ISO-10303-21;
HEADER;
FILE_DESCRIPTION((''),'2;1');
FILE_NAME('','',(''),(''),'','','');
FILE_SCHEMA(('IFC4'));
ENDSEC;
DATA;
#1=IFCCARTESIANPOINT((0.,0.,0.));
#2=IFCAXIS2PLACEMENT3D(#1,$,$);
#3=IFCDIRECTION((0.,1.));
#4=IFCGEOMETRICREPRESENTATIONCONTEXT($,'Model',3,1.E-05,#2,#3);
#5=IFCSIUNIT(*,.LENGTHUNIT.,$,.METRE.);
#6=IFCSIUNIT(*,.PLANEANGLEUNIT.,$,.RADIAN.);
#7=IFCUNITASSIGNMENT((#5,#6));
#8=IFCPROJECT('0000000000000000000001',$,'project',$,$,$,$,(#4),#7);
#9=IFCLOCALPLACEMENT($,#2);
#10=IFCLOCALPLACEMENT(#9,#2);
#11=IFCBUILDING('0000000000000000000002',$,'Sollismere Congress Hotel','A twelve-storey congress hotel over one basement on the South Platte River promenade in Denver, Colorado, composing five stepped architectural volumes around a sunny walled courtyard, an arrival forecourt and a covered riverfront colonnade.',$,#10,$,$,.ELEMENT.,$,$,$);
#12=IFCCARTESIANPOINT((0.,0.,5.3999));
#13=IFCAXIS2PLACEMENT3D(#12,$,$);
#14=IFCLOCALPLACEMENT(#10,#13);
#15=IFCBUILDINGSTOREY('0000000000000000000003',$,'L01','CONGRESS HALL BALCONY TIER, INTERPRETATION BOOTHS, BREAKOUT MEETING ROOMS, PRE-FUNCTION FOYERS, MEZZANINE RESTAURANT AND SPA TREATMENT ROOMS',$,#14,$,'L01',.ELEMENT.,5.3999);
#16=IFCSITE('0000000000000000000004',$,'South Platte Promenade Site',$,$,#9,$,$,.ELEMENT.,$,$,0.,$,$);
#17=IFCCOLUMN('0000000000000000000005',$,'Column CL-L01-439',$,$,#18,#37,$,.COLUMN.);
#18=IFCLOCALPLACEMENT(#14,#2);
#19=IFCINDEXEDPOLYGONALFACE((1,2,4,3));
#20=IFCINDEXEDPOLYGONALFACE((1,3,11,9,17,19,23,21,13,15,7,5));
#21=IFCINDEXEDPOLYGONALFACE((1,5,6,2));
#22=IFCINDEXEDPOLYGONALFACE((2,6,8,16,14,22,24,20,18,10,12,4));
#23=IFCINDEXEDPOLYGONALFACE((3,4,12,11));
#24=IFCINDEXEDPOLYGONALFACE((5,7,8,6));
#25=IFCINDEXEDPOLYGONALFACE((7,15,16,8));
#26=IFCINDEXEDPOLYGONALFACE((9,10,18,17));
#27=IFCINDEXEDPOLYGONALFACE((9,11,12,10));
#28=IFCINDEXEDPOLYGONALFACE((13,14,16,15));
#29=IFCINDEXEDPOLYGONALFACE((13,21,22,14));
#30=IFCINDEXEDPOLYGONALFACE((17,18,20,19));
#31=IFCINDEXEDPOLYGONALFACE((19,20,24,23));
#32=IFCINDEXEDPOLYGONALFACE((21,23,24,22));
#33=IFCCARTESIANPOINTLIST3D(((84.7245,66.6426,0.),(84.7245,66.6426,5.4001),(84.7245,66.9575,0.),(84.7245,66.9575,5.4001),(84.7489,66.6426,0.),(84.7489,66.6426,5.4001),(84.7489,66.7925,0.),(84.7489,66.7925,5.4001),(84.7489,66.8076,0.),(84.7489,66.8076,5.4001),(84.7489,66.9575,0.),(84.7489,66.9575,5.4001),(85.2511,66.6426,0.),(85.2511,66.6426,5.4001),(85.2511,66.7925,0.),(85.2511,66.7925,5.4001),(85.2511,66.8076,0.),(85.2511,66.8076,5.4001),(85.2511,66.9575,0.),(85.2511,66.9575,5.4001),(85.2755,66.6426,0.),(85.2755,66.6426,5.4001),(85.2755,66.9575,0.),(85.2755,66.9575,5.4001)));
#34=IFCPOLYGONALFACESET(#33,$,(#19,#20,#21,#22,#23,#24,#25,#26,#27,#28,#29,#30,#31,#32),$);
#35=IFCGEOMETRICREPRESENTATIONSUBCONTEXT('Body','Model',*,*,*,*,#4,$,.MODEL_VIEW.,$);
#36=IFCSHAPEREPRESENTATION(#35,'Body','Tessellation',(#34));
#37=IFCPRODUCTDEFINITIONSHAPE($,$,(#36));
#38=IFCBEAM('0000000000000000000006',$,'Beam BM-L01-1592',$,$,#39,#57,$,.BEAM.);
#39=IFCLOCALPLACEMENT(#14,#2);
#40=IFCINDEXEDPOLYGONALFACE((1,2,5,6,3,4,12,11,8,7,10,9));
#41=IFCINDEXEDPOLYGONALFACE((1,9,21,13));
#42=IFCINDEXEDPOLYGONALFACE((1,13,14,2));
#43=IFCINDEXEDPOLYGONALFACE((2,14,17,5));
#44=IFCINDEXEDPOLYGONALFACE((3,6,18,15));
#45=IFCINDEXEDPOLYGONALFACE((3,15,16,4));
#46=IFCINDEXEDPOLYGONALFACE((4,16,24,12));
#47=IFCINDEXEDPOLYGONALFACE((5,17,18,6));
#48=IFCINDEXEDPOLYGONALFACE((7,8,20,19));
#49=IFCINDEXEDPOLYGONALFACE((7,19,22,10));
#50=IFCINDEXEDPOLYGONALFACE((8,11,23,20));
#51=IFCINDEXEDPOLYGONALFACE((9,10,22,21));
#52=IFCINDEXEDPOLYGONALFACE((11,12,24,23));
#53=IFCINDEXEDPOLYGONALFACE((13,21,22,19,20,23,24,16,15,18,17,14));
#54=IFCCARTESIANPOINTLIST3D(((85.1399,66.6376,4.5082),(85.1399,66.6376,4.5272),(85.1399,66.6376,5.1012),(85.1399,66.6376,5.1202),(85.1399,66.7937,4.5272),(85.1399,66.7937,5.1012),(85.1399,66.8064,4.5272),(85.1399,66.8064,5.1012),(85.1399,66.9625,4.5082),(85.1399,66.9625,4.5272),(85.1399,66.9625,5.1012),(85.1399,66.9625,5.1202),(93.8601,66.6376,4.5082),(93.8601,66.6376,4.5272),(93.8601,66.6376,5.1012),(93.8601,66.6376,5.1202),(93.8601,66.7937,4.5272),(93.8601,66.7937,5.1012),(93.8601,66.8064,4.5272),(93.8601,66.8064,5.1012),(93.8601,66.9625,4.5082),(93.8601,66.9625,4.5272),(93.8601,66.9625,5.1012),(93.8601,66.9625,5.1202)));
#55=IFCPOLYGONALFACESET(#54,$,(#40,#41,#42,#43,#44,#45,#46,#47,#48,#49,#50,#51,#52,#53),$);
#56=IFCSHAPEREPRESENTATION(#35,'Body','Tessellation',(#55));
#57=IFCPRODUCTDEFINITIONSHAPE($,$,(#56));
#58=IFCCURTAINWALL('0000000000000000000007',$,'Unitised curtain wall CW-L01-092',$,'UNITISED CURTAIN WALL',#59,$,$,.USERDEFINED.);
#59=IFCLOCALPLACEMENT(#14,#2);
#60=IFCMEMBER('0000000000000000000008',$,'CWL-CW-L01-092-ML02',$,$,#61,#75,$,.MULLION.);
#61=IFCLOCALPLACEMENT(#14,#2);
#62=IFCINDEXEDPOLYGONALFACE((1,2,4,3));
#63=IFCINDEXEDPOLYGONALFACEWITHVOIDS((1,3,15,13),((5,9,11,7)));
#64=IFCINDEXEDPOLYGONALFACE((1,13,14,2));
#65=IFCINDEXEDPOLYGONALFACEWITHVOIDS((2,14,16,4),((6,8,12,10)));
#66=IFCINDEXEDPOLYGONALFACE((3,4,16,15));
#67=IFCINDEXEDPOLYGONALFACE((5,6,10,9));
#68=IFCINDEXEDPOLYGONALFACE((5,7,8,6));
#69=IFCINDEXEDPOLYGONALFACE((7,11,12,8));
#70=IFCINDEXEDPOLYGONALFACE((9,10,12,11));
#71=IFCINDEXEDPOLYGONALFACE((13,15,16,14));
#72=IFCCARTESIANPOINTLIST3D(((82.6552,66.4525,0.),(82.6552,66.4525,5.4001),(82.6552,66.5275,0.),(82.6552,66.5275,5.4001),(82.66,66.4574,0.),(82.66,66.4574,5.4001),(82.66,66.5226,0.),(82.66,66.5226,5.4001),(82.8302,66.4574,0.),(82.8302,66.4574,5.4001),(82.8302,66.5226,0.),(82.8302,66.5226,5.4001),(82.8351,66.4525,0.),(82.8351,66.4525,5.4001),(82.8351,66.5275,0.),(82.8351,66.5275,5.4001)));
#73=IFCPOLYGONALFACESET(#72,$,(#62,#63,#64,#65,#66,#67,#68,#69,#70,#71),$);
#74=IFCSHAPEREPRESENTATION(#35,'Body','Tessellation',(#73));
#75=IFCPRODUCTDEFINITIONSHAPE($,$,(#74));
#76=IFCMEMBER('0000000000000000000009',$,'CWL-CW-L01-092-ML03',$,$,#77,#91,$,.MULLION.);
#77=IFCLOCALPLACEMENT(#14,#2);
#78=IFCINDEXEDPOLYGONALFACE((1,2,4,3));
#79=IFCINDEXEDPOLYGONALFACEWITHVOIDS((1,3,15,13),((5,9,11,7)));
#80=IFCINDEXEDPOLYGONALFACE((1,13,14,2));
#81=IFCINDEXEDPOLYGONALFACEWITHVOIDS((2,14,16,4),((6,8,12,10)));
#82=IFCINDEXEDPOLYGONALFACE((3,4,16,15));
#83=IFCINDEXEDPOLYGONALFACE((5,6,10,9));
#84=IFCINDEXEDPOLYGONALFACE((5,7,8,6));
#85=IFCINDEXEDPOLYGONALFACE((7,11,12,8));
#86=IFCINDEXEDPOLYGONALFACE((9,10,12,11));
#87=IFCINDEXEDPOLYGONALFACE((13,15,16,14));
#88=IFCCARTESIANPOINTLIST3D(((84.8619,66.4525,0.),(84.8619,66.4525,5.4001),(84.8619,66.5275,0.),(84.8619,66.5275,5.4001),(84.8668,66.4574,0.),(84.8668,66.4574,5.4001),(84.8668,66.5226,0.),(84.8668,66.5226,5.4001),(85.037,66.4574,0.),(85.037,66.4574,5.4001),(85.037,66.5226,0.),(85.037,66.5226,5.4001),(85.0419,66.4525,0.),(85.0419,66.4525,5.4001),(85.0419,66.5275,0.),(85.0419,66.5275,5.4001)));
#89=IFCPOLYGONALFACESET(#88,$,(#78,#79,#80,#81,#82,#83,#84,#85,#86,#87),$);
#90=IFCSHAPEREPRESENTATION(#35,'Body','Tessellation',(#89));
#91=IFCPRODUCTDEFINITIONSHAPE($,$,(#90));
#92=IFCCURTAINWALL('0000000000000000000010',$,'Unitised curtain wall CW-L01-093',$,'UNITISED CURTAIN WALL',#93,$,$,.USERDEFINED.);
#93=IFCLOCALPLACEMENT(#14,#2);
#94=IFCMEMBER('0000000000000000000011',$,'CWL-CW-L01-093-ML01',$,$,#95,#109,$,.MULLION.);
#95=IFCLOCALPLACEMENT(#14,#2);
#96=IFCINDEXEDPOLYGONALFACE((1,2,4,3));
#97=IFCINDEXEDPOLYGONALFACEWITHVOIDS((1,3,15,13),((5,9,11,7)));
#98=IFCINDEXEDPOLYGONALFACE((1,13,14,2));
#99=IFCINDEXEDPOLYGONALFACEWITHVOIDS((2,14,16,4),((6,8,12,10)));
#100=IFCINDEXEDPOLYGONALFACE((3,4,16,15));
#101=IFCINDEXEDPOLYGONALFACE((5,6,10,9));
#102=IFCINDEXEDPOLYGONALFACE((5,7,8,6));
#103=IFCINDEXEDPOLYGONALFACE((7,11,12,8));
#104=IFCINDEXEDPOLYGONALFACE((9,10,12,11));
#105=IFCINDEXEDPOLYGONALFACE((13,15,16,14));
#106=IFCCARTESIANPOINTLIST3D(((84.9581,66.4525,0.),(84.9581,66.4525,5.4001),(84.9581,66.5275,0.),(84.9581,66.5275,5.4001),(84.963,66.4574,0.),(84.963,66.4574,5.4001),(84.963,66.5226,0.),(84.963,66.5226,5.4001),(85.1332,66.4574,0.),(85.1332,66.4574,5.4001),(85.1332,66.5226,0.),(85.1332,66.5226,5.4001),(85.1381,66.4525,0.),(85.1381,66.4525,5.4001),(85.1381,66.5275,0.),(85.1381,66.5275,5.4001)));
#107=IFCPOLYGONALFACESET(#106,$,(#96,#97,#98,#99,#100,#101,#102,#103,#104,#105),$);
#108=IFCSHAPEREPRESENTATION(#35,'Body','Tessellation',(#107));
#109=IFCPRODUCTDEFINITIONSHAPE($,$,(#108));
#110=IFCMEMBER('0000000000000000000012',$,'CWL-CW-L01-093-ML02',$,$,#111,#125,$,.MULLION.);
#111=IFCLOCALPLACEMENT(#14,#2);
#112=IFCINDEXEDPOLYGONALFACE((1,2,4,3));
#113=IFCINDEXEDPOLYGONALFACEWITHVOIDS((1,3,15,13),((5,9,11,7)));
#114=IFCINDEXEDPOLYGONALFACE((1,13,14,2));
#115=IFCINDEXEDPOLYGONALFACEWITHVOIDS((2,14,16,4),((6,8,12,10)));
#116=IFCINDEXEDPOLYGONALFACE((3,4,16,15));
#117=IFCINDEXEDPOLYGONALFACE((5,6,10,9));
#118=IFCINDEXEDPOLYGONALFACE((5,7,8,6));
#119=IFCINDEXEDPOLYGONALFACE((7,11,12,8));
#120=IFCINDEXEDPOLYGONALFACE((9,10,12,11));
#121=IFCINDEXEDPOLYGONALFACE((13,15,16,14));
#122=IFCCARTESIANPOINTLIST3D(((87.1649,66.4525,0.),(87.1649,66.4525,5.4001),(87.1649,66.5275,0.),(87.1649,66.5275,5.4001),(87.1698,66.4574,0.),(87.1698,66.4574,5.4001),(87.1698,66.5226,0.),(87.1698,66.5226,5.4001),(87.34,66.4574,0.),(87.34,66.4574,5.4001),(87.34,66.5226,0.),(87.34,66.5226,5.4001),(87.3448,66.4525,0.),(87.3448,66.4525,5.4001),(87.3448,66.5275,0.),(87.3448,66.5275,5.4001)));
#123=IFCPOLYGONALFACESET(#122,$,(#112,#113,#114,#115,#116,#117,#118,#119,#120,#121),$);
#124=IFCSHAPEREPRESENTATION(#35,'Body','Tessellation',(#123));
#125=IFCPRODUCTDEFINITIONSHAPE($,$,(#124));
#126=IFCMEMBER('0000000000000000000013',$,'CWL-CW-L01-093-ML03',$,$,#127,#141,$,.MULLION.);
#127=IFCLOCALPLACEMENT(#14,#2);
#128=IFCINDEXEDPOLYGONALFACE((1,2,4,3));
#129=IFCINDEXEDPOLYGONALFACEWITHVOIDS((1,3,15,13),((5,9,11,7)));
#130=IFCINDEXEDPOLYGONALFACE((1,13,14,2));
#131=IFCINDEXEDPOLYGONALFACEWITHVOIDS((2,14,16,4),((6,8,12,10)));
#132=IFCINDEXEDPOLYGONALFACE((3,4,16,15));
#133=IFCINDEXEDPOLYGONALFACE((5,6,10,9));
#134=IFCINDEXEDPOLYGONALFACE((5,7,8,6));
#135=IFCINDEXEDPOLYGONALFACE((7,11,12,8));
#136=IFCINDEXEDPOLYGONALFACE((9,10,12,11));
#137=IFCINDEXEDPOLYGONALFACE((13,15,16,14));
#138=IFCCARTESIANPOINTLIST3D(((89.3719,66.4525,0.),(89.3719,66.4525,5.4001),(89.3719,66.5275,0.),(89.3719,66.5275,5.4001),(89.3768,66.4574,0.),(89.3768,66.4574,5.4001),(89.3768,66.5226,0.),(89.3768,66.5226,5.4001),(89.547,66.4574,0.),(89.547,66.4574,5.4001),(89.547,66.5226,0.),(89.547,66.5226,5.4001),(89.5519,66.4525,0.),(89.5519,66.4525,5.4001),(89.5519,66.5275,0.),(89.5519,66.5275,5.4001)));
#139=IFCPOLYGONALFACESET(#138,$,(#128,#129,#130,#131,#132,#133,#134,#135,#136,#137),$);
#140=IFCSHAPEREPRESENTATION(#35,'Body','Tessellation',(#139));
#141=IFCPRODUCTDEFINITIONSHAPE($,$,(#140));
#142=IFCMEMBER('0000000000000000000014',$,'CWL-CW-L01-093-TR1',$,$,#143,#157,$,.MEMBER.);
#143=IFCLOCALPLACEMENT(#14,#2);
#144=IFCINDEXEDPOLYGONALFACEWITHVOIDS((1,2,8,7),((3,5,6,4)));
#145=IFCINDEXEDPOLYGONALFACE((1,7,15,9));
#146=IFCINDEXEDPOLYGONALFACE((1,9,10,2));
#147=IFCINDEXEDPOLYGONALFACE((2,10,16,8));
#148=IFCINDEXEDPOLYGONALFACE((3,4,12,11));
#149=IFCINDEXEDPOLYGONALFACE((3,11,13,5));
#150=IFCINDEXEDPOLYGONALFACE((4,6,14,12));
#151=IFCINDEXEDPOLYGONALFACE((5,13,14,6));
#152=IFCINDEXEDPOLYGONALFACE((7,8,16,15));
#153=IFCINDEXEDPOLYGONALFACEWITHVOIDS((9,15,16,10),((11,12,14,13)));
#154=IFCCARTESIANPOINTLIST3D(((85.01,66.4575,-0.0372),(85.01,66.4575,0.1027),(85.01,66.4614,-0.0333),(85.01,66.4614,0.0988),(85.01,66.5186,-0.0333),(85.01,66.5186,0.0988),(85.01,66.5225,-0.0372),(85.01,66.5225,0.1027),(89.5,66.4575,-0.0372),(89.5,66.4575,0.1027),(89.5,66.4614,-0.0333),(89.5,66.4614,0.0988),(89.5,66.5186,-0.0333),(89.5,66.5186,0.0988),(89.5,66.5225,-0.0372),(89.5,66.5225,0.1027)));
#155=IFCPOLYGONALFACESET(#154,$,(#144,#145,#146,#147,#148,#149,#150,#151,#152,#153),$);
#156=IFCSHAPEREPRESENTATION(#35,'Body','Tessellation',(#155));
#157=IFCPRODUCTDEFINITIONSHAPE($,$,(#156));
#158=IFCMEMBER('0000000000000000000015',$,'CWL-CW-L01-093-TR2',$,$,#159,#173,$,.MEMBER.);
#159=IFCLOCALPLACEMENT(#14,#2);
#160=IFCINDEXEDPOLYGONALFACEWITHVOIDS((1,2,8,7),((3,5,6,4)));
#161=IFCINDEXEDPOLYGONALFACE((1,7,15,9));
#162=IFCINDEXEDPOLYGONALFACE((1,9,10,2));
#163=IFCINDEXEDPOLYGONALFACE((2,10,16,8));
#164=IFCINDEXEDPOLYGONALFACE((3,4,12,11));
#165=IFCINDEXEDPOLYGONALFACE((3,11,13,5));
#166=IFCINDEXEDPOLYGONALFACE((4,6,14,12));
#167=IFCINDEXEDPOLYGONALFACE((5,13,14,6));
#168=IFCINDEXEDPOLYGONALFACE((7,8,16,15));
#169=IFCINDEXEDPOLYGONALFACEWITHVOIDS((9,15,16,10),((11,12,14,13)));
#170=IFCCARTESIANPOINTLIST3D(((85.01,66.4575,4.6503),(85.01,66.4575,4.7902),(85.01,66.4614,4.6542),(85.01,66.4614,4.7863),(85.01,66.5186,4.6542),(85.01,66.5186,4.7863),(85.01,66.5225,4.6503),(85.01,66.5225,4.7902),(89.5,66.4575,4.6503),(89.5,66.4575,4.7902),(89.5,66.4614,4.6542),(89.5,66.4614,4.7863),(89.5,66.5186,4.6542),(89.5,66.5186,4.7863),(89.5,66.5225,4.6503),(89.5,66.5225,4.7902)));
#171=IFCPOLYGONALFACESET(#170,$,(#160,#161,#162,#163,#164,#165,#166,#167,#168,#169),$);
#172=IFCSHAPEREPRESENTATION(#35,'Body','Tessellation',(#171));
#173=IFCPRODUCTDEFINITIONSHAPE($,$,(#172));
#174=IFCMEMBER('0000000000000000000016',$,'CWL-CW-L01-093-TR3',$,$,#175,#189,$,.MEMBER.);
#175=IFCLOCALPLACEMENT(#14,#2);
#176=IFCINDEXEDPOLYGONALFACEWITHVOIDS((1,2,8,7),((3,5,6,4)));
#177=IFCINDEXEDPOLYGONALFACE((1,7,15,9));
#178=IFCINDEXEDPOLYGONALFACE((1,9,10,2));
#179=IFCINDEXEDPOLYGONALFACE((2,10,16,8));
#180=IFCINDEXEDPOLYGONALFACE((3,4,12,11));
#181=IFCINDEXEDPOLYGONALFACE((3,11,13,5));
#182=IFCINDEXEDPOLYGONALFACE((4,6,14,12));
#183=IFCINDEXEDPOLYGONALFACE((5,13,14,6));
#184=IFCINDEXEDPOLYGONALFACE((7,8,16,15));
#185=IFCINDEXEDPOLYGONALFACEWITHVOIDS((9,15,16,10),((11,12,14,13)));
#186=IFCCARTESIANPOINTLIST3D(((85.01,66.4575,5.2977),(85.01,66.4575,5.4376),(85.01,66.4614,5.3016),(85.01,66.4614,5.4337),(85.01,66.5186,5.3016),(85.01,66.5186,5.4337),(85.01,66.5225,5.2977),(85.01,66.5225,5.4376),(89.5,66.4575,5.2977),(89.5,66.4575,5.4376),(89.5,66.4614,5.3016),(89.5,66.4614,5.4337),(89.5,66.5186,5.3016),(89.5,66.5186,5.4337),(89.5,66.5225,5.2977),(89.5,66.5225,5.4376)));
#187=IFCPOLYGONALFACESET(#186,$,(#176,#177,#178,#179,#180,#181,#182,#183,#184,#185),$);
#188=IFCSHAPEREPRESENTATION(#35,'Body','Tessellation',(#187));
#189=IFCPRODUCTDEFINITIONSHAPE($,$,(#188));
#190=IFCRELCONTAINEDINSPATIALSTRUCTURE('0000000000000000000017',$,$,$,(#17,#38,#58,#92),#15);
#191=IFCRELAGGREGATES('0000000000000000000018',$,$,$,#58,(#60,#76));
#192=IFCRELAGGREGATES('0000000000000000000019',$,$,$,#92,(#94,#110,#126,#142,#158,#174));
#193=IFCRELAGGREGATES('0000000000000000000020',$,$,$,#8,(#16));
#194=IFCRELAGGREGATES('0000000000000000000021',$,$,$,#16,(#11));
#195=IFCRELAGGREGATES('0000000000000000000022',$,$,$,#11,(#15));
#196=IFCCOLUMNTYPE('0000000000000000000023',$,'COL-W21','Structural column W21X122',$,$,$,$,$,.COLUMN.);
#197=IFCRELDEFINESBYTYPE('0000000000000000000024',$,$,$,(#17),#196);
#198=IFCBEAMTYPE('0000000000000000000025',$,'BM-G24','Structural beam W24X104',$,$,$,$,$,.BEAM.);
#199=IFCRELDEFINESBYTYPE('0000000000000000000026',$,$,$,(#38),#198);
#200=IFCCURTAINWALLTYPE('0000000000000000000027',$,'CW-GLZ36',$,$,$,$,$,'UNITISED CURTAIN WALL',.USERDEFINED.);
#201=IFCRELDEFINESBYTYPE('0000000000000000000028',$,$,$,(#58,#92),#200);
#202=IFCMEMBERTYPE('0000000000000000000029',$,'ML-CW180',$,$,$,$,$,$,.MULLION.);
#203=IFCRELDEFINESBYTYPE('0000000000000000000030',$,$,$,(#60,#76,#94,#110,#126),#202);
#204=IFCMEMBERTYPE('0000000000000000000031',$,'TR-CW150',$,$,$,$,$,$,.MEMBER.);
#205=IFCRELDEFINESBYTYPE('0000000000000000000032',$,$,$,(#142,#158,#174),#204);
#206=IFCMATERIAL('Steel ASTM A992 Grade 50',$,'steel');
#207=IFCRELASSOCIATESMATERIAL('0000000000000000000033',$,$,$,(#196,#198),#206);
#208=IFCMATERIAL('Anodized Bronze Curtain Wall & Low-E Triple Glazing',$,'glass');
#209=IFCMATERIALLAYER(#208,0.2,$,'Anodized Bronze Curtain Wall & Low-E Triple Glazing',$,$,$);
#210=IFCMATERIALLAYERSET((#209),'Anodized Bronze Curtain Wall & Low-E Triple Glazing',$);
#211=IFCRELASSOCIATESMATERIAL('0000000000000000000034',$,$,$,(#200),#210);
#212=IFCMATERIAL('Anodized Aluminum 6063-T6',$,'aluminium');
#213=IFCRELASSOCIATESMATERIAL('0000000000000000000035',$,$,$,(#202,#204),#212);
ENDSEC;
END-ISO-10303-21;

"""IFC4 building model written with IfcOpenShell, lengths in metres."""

from ifc_helpers import new_model, si_unit, direction, frame, origin, origin_2d, place, context, subcontext, project, spatial, hollow_rectangle, i_section, extrude, material, layer, layer_set, material_profile, profile_set, type_object, element, aggregate, save


model = new_model("IFC4")

# Units and contexts
model_context = context("Model", 3, precision=1e-05, world=origin(), true_north=direction((0.0, 1.0)))
body_context = subcontext(model_context, "Body", "Model", "MODEL_VIEW")
ifc_project = project(units=[si_unit("LENGTHUNIT", "METRE"), si_unit("PLANEANGLEUNIT", "RADIAN")], contexts=[model_context])

# Site, building, storey
site_placement = place(None, origin())
site = spatial("IfcSite", under=ifc_project, at=site_placement, Name="South Platte Promenade Site", CompositionType="ELEMENT", RefElevation=0.0)
building_placement = place(site_placement, origin())
building = spatial("IfcBuilding", under=site, at=building_placement, Name="Sollismere Congress Hotel", Description="A twelve-storey congress hotel over one basement on the South Platte River promenade in Denver, Colorado, composing five stepped architectural volumes around a sunny walled courtyard, an arrival forecourt and a covered riverfront colonnade.", CompositionType="ELEMENT")
storey_placement = place(building_placement, frame((0.0, 0.0, 5.3999)))
storey = spatial("IfcBuildingStorey", under=building, at=storey_placement, Name="L01", Description="CONGRESS HALL BALCONY TIER, INTERPRETATION BOOTHS, BREAKOUT MEETING ROOMS, PRE-FUNCTION FOYERS, MEZZANINE RESTAURANT AND SPA TREATMENT ROOMS", LongName="L01", CompositionType="ELEMENT", Elevation=5.3999)

# Column
ifc_material_1 = material(Name="Steel ASTM A992 Grade 50", Category="steel")
ifc_material_profile_1 = material_profile(ifc_material_1, i_section(OverallWidth=0.3149, OverallDepth=0.551, WebThickness=0.0151, FlangeThickness=0.0244, at=origin_2d()), Name="W21X122")
ifc_profile_set_1 = profile_set([ifc_material_profile_1], Name="Steel ASTM A992 Grade 50")
column_type = type_object("IfcColumnType", Name="COL-W21", Description="Structural column W21X122", PredefinedType="COLUMN", material=ifc_profile_set_1)
column_placement = place(storey_placement, frame((85.0, 66.8, 0.0), z_axis=(0.0, 0.0, 1.0), x_axis=(0.0, 1.0, 0.0)))
element("IfcColumn", 1, at=column_placement, inside=storey, type_object=column_type, Name="Column CL-L01-439", PredefinedType="COLUMN", context=body_context, shape_type="SweptSolid", body=[
    extrude(i_section(OverallWidth=0.3149, OverallDepth=0.551, WebThickness=0.0151, FlangeThickness=0.0244, at=origin_2d()), origin(), (0.0, 0.0, 1.0), 5.4001),
])

# Beam
ifc_material_profile_2 = material_profile(ifc_material_1, i_section(OverallWidth=0.325, OverallDepth=0.6121, WebThickness=0.0127, FlangeThickness=0.019, at=origin_2d()), Name="W24X104")
ifc_profile_set_2 = profile_set([ifc_material_profile_2], Name="Steel ASTM A992 Grade 50")
beam_type = type_object("IfcBeamType", Name="BM-G24", Description="Structural beam W24X104", PredefinedType="BEAM", material=ifc_profile_set_2)
beam_placement = place(storey_placement, frame((85.1399, 66.8, 4.8142), z_axis=(1.0, 0.0, 0.0), x_axis=(0.0, 1.0, 0.0)))
element("IfcBeam", 2, at=beam_placement, inside=storey, type_object=beam_type, Name="Beam BM-L01-1592", PredefinedType="BEAM", context=body_context, shape_type="SweptSolid", body=[
    extrude(i_section(OverallWidth=0.325, OverallDepth=0.6121, WebThickness=0.0127, FlangeThickness=0.019, at=origin_2d()), origin(), (0.0, 0.0, 1.0), 8.7202),
])

# Curtain walls, members
ifc_material_2 = material(Name="Anodized Bronze Curtain Wall & Low-E Triple Glazing", Category="glass")
ifc_layer_1 = layer(ifc_material_2, 0.2, Name="Anodized Bronze Curtain Wall & Low-E Triple Glazing")
ifc_layer_set_1 = layer_set([ifc_layer_1], Name="Anodized Bronze Curtain Wall & Low-E Triple Glazing")
curtain_wall_type = type_object("IfcCurtainWallType", Name="CW-GLZ36", ElementType="UNITISED CURTAIN WALL", PredefinedType="USERDEFINED", material=ifc_layer_set_1)
curtain_wall_1_placement = place(storey_placement, origin())
curtain_wall_1 = element("IfcCurtainWall", 3, at=curtain_wall_1_placement, inside=storey, type_object=curtain_wall_type, Name="Unitised curtain wall CW-L01-092", ObjectType="UNITISED CURTAIN WALL", PredefinedType="USERDEFINED")
ifc_material_3 = material(Name="Anodized Aluminum 6063-T6", Category="aluminium")
ifc_material_profile_3 = material_profile(ifc_material_3, hollow_rectangle(XDim=0.075, YDim=0.1799, WallThickness=0.0049, at=origin_2d()), Name="ALU180X75X5")
ifc_profile_set_3 = profile_set([ifc_material_profile_3], Name="Anodized Aluminum 6063-T6")
member_type_1 = type_object("IfcMemberType", Name="ML-CW180", PredefinedType="MULLION", material=ifc_profile_set_3)
member_1_placement = place(storey_placement, frame((82.7451, 66.49, 0.0), z_axis=(0.0, 0.0, 1.0), x_axis=(0.0, 1.0, 0.0)))
member_1 = element("IfcMember", 4, at=member_1_placement, type_object=member_type_1, Name="CWL-CW-L01-092-ML02", PredefinedType="MULLION", context=body_context, shape_type="SweptSolid", body=[
    extrude(hollow_rectangle(XDim=0.075, YDim=0.1799, WallThickness=0.0049, at=origin_2d()), origin(), (0.0, 0.0, 1.0), 5.4001),
])
member_2_placement = place(storey_placement, frame((84.9519, 66.49, 0.0), z_axis=(0.0, 0.0, 1.0), x_axis=(0.0, 1.0, 0.0)))
member_2 = element("IfcMember", 5, at=member_2_placement, type_object=member_type_1, Name="CWL-CW-L01-092-ML03", PredefinedType="MULLION", context=body_context, shape_type="SweptSolid", body=[
    extrude(hollow_rectangle(XDim=0.075, YDim=0.1799, WallThickness=0.0049, at=origin_2d()), origin(), (0.0, 0.0, 1.0), 5.4001),
])
curtain_wall_2_placement = place(storey_placement, origin())
curtain_wall_2 = element("IfcCurtainWall", 6, at=curtain_wall_2_placement, inside=storey, type_object=curtain_wall_type, Name="Unitised curtain wall CW-L01-093", ObjectType="UNITISED CURTAIN WALL", PredefinedType="USERDEFINED")
member_3_placement = place(storey_placement, frame((85.0481, 66.49, 0.0), z_axis=(0.0, 0.0, 1.0), x_axis=(0.0, 1.0, 0.0)))
member_3 = element("IfcMember", 7, at=member_3_placement, type_object=member_type_1, Name="CWL-CW-L01-093-ML01", PredefinedType="MULLION", context=body_context, shape_type="SweptSolid", body=[
    extrude(hollow_rectangle(XDim=0.075, YDim=0.1799, WallThickness=0.0049, at=origin_2d()), origin(), (0.0, 0.0, 1.0), 5.4001),
])
member_4_placement = place(storey_placement, frame((87.2549, 66.49, 0.0), z_axis=(0.0, 0.0, 1.0), x_axis=(0.0, 1.0, 0.0)))
member_4 = element("IfcMember", 8, at=member_4_placement, type_object=member_type_1, Name="CWL-CW-L01-093-ML02", PredefinedType="MULLION", context=body_context, shape_type="SweptSolid", body=[
    extrude(hollow_rectangle(XDim=0.075, YDim=0.1799, WallThickness=0.0049, at=origin_2d()), origin(), (0.0, 0.0, 1.0), 5.4001),
])
member_5_placement = place(storey_placement, frame((89.4619, 66.49, 0.0), z_axis=(0.0, 0.0, 1.0), x_axis=(0.0, 1.0, 0.0)))
member_5 = element("IfcMember", 9, at=member_5_placement, type_object=member_type_1, Name="CWL-CW-L01-093-ML03", PredefinedType="MULLION", context=body_context, shape_type="SweptSolid", body=[
    extrude(hollow_rectangle(XDim=0.075, YDim=0.1799, WallThickness=0.0049, at=origin_2d()), origin(), (0.0, 0.0, 1.0), 5.4001),
])
ifc_material_profile_4 = material_profile(ifc_material_3, hollow_rectangle(XDim=0.0649, YDim=0.1399, WallThickness=0.0039, at=origin_2d()), Name="ALU140X65X4")
ifc_profile_set_4 = profile_set([ifc_material_profile_4], Name="Anodized Aluminum 6063-T6")
member_type_2 = type_object("IfcMemberType", Name="TR-CW150", PredefinedType="MEMBER", material=ifc_profile_set_4)
member_6_placement = place(storey_placement, frame((85.01, 66.49, 0.0327), z_axis=(1.0, 0.0, 0.0), x_axis=(0.0, 1.0, 0.0)))
member_6 = element("IfcMember", 10, at=member_6_placement, type_object=member_type_2, Name="CWL-CW-L01-093-TR1", PredefinedType="MEMBER", context=body_context, shape_type="SweptSolid", body=[
    extrude(hollow_rectangle(XDim=0.0649, YDim=0.1399, WallThickness=0.0039, at=origin_2d()), origin(), (0.0, 0.0, 1.0), 4.49),
])
member_7_placement = place(storey_placement, frame((85.01, 66.49, 4.7202), z_axis=(1.0, 0.0, 0.0), x_axis=(0.0, 1.0, 0.0)))
member_7 = element("IfcMember", 11, at=member_7_placement, type_object=member_type_2, Name="CWL-CW-L01-093-TR2", PredefinedType="MEMBER", context=body_context, shape_type="SweptSolid", body=[
    extrude(hollow_rectangle(XDim=0.0649, YDim=0.1399, WallThickness=0.0039, at=origin_2d()), origin(), (0.0, 0.0, 1.0), 4.49),
])
member_8_placement = place(storey_placement, frame((85.01, 66.49, 5.3677), z_axis=(1.0, 0.0, 0.0), x_axis=(0.0, 1.0, 0.0)))
member_8 = element("IfcMember", 12, at=member_8_placement, type_object=member_type_2, Name="CWL-CW-L01-093-TR3", PredefinedType="MEMBER", context=body_context, shape_type="SweptSolid", body=[
    extrude(hollow_rectangle(XDim=0.0649, YDim=0.1399, WallThickness=0.0039, at=origin_2d()), origin(), (0.0, 0.0, 1.0), 4.49),
])

aggregate(curtain_wall_1, [member_1, member_2])
aggregate(curtain_wall_2, [member_3, member_4, member_5, member_6, member_7, member_8])

save(model, "model.ifc")
